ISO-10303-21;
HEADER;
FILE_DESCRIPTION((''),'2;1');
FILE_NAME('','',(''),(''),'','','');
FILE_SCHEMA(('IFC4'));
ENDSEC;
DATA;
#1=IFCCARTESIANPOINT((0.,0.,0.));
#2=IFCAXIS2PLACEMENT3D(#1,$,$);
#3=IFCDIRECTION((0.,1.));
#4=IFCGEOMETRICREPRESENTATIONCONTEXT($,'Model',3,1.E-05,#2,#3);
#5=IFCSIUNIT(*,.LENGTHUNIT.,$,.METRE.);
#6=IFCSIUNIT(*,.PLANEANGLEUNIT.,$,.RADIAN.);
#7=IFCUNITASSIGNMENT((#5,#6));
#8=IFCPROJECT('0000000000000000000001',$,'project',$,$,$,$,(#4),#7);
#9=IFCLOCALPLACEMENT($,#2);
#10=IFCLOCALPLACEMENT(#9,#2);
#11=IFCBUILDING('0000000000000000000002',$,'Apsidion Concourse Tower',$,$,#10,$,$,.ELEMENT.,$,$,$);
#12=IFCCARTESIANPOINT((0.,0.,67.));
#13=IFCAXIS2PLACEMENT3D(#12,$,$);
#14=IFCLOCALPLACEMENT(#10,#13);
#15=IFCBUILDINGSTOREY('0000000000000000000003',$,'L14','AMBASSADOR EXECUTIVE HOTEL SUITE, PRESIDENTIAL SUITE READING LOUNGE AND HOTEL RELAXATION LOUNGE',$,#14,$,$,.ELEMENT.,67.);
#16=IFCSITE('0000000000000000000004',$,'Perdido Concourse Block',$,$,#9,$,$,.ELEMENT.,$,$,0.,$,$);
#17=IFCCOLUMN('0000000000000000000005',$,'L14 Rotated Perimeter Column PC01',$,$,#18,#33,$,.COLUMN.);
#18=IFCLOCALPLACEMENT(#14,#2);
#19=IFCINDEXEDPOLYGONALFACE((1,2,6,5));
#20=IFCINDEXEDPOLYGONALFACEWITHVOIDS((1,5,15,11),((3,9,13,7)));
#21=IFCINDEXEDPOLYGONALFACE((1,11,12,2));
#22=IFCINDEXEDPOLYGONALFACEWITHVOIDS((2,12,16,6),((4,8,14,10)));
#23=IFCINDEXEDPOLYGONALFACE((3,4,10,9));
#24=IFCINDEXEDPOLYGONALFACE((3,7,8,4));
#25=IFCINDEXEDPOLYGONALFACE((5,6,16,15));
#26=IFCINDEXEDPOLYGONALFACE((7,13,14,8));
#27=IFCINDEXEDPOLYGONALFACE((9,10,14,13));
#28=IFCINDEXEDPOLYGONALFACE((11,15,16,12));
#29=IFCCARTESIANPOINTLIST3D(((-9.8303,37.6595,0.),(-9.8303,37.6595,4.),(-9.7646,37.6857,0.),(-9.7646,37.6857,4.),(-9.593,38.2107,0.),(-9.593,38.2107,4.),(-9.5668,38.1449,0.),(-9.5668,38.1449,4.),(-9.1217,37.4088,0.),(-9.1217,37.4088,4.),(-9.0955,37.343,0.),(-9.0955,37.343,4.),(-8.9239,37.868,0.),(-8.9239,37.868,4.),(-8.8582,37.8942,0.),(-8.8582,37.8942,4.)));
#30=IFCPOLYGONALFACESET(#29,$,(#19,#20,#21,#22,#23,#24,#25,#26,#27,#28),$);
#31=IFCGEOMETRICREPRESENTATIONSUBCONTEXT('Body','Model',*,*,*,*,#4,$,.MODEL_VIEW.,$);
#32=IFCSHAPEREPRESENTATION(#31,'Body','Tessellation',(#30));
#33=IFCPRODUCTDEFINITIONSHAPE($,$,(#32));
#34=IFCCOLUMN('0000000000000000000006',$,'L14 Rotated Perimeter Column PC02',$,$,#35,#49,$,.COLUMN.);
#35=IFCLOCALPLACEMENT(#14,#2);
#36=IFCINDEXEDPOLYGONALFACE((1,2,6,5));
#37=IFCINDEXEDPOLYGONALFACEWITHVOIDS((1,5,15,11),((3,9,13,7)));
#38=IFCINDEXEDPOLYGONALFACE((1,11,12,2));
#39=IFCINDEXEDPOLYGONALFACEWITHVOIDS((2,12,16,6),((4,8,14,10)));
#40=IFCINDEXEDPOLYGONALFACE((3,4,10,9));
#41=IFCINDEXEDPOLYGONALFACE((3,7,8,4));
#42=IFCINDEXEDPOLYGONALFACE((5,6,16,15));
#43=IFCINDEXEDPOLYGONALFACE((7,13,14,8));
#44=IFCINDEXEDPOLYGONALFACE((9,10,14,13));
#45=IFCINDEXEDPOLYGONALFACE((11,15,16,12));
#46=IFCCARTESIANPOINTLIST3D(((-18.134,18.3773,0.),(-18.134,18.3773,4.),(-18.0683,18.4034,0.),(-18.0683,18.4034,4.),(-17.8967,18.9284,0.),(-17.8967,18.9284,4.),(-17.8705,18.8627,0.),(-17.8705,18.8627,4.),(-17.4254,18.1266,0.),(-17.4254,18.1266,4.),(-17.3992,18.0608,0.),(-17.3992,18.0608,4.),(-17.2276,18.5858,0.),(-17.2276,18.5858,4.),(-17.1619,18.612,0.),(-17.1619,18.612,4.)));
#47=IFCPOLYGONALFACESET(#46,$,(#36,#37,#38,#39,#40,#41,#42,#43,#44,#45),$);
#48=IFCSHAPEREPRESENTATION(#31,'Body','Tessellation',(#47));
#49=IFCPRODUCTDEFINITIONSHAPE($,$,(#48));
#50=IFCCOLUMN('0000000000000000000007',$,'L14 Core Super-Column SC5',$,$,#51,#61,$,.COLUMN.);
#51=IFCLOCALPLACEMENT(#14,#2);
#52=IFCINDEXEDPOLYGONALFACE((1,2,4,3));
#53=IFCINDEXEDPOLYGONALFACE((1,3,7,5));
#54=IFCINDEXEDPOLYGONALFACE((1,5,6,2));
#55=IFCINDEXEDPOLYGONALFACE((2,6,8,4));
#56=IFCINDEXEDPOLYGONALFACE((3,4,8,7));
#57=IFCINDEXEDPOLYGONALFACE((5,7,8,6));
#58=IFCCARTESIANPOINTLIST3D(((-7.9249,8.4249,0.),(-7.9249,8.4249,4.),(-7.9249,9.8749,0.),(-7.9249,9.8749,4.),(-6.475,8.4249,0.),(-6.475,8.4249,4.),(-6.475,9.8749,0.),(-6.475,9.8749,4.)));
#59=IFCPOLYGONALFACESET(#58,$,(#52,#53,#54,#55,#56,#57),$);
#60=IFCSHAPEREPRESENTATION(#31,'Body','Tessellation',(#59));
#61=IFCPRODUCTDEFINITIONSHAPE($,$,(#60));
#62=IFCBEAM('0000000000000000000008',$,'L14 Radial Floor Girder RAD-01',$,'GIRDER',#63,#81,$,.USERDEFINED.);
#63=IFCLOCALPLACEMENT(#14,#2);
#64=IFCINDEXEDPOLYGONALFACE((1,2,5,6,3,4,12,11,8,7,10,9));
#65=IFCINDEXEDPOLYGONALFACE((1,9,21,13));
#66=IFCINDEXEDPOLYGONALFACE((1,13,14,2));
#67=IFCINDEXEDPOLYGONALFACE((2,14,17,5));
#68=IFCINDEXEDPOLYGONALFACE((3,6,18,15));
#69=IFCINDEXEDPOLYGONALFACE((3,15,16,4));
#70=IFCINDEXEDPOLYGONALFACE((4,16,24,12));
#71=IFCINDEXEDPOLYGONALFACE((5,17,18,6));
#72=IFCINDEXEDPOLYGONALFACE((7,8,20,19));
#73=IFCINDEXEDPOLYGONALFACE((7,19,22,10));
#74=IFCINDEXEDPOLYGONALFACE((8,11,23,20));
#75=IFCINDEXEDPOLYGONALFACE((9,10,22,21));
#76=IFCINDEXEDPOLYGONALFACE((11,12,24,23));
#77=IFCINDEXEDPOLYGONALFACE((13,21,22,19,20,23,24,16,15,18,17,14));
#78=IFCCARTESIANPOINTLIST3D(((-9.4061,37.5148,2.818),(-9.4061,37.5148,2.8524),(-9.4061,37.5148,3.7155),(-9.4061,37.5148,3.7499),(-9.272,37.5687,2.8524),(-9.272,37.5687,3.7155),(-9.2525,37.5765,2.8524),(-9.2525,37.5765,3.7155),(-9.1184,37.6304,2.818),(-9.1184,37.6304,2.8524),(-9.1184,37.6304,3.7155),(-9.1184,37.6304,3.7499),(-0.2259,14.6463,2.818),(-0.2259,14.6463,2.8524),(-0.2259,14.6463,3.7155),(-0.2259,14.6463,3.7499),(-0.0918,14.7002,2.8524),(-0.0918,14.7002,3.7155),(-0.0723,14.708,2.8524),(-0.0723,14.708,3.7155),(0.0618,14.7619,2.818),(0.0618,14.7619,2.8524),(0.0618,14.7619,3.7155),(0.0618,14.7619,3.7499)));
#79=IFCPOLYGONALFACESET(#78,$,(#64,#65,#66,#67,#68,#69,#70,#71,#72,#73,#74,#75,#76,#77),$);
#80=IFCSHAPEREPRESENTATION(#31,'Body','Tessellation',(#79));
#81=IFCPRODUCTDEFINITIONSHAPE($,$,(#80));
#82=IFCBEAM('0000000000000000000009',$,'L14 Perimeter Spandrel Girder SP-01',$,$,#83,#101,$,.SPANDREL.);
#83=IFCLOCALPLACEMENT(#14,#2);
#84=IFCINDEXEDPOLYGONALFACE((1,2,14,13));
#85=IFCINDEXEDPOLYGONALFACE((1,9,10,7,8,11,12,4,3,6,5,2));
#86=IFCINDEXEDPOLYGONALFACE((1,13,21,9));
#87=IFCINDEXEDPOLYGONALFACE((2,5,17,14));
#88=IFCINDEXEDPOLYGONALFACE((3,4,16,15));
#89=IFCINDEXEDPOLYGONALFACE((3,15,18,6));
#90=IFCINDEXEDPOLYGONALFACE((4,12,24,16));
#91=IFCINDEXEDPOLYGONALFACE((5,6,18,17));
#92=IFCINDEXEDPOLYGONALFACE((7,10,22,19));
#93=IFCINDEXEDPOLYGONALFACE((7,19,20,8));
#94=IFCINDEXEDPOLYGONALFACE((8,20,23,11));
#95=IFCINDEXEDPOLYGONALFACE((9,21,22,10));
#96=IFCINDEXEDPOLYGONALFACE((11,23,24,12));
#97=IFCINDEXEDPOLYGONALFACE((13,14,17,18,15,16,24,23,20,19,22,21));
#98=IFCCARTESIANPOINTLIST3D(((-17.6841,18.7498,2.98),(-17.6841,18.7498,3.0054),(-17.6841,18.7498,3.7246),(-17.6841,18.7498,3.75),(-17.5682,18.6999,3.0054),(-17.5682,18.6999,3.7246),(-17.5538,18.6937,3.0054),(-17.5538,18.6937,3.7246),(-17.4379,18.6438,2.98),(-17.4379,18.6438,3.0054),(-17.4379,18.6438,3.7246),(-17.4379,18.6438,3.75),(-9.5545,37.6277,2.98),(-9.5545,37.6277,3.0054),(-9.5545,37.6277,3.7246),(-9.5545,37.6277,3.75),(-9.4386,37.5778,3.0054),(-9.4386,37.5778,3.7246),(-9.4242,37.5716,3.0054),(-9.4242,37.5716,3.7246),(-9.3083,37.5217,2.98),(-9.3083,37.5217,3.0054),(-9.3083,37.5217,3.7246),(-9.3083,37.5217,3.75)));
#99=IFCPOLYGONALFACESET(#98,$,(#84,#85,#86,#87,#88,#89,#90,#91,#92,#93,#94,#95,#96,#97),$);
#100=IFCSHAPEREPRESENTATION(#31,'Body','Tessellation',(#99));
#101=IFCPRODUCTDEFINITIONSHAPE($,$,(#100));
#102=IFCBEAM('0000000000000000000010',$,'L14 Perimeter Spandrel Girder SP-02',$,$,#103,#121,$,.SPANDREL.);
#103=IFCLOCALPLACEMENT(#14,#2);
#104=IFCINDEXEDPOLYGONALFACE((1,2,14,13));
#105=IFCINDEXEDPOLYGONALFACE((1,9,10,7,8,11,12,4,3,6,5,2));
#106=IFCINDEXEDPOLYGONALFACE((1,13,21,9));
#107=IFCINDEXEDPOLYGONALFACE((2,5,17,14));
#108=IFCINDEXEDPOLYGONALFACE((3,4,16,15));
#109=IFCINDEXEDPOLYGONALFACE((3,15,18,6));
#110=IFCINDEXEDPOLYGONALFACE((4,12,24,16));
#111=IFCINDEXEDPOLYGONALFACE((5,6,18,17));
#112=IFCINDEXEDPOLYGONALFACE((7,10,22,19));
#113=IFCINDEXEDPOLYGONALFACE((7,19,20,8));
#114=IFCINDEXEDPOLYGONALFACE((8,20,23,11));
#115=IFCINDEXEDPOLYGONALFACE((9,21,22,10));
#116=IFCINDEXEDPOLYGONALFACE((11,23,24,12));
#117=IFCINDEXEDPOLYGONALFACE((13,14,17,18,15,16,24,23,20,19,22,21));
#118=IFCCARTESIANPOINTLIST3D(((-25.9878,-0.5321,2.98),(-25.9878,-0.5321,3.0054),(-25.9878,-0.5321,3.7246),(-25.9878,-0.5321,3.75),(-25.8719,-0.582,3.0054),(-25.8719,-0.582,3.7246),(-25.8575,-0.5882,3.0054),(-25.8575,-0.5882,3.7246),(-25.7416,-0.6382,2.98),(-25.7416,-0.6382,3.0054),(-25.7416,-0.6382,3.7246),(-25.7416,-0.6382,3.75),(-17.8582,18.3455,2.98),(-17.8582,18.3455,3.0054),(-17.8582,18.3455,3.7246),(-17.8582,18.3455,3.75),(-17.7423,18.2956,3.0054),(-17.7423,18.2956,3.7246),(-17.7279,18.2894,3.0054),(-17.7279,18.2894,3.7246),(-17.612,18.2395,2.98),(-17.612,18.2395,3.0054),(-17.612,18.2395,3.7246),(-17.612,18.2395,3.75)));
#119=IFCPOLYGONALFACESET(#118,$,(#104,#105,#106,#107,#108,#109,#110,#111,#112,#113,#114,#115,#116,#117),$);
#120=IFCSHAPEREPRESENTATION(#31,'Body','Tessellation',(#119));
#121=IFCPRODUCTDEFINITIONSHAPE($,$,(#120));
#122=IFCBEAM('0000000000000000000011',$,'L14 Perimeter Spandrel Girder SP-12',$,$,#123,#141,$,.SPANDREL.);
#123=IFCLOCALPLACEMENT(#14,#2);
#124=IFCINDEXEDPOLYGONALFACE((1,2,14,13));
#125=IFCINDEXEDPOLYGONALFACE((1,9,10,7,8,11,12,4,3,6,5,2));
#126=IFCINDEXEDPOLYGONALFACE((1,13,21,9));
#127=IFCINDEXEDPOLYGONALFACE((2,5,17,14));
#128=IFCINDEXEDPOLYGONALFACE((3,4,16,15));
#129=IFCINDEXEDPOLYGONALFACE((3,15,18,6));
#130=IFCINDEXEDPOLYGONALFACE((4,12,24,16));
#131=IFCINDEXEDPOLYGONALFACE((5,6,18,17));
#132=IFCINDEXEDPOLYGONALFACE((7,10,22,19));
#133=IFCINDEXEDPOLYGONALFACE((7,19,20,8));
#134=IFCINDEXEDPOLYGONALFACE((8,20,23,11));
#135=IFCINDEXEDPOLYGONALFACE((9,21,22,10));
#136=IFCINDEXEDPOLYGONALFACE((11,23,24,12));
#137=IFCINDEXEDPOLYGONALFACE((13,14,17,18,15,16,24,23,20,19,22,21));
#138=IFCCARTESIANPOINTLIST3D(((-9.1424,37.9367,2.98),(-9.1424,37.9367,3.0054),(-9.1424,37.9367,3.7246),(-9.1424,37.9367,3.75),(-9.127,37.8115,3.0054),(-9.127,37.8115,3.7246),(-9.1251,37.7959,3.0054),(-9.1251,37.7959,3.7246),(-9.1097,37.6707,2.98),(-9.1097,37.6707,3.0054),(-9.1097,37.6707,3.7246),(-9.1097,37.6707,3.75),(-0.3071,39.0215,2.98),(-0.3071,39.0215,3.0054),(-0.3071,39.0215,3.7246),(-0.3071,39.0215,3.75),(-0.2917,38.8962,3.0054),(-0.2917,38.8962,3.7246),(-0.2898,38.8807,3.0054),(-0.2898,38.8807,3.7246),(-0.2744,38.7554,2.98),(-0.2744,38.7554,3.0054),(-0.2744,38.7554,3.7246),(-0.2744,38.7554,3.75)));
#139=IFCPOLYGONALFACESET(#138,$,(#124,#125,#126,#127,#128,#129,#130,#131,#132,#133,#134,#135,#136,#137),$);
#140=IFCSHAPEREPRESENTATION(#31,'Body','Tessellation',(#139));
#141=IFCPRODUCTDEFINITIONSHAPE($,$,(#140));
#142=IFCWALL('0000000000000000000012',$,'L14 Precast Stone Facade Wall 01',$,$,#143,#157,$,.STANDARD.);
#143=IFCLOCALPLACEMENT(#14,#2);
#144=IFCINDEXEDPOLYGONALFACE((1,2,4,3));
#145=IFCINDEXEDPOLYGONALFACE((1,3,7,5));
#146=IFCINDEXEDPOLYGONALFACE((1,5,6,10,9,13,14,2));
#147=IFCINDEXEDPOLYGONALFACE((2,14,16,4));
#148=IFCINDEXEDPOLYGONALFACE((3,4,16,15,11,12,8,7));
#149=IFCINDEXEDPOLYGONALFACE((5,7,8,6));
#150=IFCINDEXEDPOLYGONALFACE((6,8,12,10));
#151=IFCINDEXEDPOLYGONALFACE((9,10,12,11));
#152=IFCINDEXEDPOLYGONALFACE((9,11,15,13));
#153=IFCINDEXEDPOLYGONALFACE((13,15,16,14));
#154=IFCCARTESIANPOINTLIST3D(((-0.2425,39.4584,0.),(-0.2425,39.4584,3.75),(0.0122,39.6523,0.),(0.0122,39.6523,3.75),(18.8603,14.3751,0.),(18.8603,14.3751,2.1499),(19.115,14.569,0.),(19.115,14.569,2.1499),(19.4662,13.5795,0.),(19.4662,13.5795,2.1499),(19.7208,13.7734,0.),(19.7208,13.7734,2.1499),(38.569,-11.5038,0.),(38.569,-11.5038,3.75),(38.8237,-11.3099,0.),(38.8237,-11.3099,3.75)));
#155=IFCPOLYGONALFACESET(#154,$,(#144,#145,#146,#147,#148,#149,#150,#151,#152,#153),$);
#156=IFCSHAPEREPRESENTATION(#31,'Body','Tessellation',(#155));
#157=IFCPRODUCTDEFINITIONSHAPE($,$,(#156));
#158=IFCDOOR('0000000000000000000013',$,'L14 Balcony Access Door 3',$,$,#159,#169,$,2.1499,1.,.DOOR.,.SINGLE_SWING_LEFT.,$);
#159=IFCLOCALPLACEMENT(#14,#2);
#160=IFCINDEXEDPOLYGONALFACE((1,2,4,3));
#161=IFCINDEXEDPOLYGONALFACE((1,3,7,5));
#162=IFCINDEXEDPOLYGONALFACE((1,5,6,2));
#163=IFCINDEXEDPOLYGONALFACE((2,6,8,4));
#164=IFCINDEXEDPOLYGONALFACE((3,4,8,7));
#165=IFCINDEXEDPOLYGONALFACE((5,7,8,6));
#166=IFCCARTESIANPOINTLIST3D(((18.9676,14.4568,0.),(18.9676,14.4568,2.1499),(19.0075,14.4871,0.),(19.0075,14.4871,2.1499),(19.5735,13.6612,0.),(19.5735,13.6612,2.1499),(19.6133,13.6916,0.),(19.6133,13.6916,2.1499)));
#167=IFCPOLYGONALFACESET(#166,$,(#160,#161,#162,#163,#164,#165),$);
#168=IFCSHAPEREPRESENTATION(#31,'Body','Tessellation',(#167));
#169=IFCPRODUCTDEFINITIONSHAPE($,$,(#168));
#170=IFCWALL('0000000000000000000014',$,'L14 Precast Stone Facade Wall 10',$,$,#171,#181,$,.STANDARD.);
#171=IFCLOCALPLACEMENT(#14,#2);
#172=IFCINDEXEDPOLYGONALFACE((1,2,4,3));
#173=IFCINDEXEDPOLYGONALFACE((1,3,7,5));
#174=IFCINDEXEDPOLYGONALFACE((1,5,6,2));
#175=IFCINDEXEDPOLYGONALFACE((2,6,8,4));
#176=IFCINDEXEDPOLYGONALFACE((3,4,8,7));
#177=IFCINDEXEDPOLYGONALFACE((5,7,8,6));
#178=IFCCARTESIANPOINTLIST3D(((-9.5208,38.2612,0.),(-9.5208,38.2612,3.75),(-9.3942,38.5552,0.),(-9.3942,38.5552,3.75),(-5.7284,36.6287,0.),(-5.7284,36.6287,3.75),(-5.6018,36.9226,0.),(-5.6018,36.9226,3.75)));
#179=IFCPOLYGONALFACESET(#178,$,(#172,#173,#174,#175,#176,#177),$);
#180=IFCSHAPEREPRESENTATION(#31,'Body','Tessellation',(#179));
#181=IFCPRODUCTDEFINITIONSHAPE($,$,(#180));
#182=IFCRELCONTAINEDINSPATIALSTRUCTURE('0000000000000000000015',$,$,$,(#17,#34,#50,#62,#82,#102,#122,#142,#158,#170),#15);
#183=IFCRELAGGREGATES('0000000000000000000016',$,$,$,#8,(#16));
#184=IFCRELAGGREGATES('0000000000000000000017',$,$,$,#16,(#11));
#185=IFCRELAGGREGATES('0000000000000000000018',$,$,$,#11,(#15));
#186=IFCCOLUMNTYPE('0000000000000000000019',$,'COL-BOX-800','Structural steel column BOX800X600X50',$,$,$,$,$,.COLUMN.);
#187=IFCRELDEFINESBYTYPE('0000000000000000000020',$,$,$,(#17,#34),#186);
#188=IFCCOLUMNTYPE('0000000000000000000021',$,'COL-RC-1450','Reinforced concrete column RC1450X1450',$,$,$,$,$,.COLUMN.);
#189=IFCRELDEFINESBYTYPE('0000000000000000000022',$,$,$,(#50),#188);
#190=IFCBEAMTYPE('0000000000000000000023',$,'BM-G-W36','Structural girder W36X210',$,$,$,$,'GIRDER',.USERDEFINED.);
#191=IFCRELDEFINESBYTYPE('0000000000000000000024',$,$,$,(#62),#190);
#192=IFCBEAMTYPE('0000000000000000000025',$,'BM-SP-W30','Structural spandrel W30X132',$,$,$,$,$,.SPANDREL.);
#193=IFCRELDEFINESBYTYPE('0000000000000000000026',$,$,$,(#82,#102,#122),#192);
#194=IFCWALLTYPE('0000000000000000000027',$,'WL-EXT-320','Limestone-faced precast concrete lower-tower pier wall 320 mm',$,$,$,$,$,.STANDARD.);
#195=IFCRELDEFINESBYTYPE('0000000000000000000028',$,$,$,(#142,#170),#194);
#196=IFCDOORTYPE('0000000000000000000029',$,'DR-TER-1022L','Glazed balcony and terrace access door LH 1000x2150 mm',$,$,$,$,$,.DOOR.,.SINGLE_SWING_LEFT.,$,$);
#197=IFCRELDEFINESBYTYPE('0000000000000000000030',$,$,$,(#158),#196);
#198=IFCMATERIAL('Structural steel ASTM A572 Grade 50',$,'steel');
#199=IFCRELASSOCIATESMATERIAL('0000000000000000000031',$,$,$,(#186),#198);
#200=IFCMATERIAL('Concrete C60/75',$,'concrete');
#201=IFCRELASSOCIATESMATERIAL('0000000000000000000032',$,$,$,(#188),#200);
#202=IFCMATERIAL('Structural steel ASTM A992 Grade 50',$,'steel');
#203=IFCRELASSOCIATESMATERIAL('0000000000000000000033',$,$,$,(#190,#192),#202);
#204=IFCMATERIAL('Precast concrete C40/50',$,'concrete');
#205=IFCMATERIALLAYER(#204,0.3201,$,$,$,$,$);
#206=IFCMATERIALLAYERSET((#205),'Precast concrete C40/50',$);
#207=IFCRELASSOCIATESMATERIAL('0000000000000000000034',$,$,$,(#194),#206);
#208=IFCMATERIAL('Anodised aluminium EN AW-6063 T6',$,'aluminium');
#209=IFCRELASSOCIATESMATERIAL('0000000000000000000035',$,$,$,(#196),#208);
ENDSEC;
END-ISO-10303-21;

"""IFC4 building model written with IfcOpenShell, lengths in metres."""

from ifc_helpers import new_model, si_unit, direction, frame, frame_2d, origin, origin_2d, place, context, subcontext, project, spatial, rectangle, hollow_rectangle, i_section, extrude, material, layer, layer_set, material_profile, profile_set, type_object, element, fill, save


model = new_model("IFC4")

# Units and contexts
model_context = context("Model", 3, precision=1e-05, world=origin(), true_north=direction((0.0, 1.0)))
body_context = subcontext(model_context, "Body", "Model", "MODEL_VIEW")
ifc_project = project(units=[si_unit("LENGTHUNIT", "METRE"), si_unit("PLANEANGLEUNIT", "RADIAN")], contexts=[model_context])

# Site, building, storey
site_placement = place(None, origin())
site = spatial("IfcSite", under=ifc_project, at=site_placement, Name="Perdido Concourse Block", CompositionType="ELEMENT", RefElevation=0.0)
building_placement = place(site_placement, origin())
building = spatial("IfcBuilding", under=site, at=building_placement, Name="Apsidion Concourse Tower", CompositionType="ELEMENT")
storey_placement = place(building_placement, frame((0.0, 0.0, 67.0)))
storey = spatial("IfcBuildingStorey", under=building, at=storey_placement, Name="L14", Description="AMBASSADOR EXECUTIVE HOTEL SUITE, PRESIDENTIAL SUITE READING LOUNGE AND HOTEL RELAXATION LOUNGE", CompositionType="ELEMENT", Elevation=67.0)

# Columns
ifc_material_1 = material(Name="Structural steel ASTM A572 Grade 50", Category="steel")
ifc_material_profile_1 = material_profile(ifc_material_1, hollow_rectangle(XDim=0.6001, YDim=0.8, WallThickness=0.05, at=origin_2d()), Name="BOX800X600X50")
ifc_profile_set_1 = profile_set([ifc_material_profile_1], Name="Structural steel ASTM A572 Grade 50")
column_type_1 = type_object("IfcColumnType", Name="COL-BOX-800", Description="Structural steel column BOX800X600X50", PredefinedType="COLUMN", material=ifc_profile_set_1)
for number, where, z_axis, x_axis, name in (
    (1, (-9.3442, 37.7769, 0.0), (0.0, 0.0, 1.0), (0.395546, 0.918446, 0.0), "L14 Rotated Perimeter Column PC01"),
    (2, (-17.6479, 18.4946, 0.0), (0.0, 0.0, 1.0), (0.395546, 0.918446, 0.0), "L14 Rotated Perimeter Column PC02"),
):
    element("IfcColumn", number, at=place(storey_placement, frame(where, z_axis=z_axis, x_axis=x_axis)), inside=storey, type_object=column_type_1, Name=name, PredefinedType="COLUMN", context=body_context, shape_type="SweptSolid", body=[
        extrude(hollow_rectangle(XDim=0.6001, YDim=0.8, WallThickness=0.05, at=origin_2d()), origin(), (0.0, 0.0, 1.0), 4.0),
    ])
ifc_material_2 = material(Name="Concrete C60/75", Category="concrete")
ifc_material_profile_2 = material_profile(ifc_material_2, rectangle(XDim=1.45, YDim=1.45, at=origin_2d()), Name="RC 1450x1450")
ifc_profile_set_2 = profile_set([ifc_material_profile_2], Name="Concrete C60/75")
column_type_2 = type_object("IfcColumnType", Name="COL-RC-1450", Description="Reinforced concrete column RC1450X1450", PredefinedType="COLUMN", material=ifc_profile_set_2)
column_placement = place(storey_placement, frame((-7.2, 9.1499, 0.0), z_axis=(0.0, 0.0, 1.0), x_axis=(1.0, 0.0, 0.0)))
element("IfcColumn", 3, at=column_placement, inside=storey, type_object=column_type_2, Name="L14 Core Super-Column SC5", PredefinedType="COLUMN", context=body_context, shape_type="SweptSolid", body=[
    extrude(rectangle(XDim=1.45, YDim=1.45, at=origin_2d()), origin(), (0.0, 0.0, 1.0), 4.0),
])

# Beams
ifc_material_3 = material(Name="Structural steel ASTM A992 Grade 50", Category="steel")
ifc_material_profile_3 = material_profile(ifc_material_3, i_section(OverallWidth=0.3101, OverallDepth=0.9319, WebThickness=0.021, FlangeThickness=0.0344, at=origin_2d()), Name="W36X210")
ifc_profile_set_3 = profile_set([ifc_material_profile_3], Name="Structural steel ASTM A992 Grade 50")
beam_type_1 = type_object("IfcBeamType", Name="BM-G-W36", Description="Structural girder W36X210", ElementType="GIRDER", PredefinedType="USERDEFINED", material=ifc_profile_set_3)
beam_1_placement = place(storey_placement, frame((-0.082, 14.7041, 3.2839), z_axis=(-0.372538, 0.928017, 0.0), x_axis=(-0.928017, -0.372538, 0.0)))
element("IfcBeam", 4, at=beam_1_placement, inside=storey, type_object=beam_type_1, Name="L14 Radial Floor Girder RAD-01", ObjectType="GIRDER", PredefinedType="USERDEFINED", context=body_context, shape_type="SweptSolid", body=[
    extrude(i_section(OverallWidth=0.3101, OverallDepth=0.9319, WebThickness=0.021, FlangeThickness=0.0344, at=origin_2d()), origin(), (0.0, 0.0, 1.0), 24.6423),
])
ifc_material_profile_4 = material_profile(ifc_material_3, i_section(OverallWidth=0.2681, OverallDepth=0.77, WebThickness=0.0156, FlangeThickness=0.0254, at=origin_2d()), Name="W30X132")
ifc_profile_set_4 = profile_set([ifc_material_profile_4], Name="Structural steel ASTM A992 Grade 50")
beam_type_2 = type_object("IfcBeamType", Name="BM-SP-W30", Description="Structural spandrel W30X132", PredefinedType="SPANDREL", material=ifc_profile_set_4)
beam_2_placement = place(storey_placement, frame((-9.4314, 37.5747, 3.365), z_axis=(-0.395526, -0.918455, 0.0), x_axis=(0.918455, -0.395526, 0.0)))
element("IfcBeam", 5, at=beam_2_placement, inside=storey, type_object=beam_type_2, Name="L14 Perimeter Spandrel Girder SP-01", PredefinedType="SPANDREL", context=body_context, shape_type="SweptSolid", body=[
    extrude(i_section(OverallWidth=0.2681, OverallDepth=0.77, WebThickness=0.0156, FlangeThickness=0.0254, at=origin_2d()), origin(), (0.0, 0.0, 1.0), 20.554),
])
beam_3_placement = place(storey_placement, frame((-17.7351, 18.2925, 3.365), z_axis=(-0.39553, -0.918453, 0.0), x_axis=(0.918453, -0.39553, 0.0)))
element("IfcBeam", 6, at=beam_3_placement, inside=storey, type_object=beam_type_2, Name="L14 Perimeter Spandrel Girder SP-02", PredefinedType="SPANDREL", context=body_context, shape_type="SweptSolid", body=[
    extrude(i_section(OverallWidth=0.2681, OverallDepth=0.77, WebThickness=0.0156, FlangeThickness=0.0254, at=origin_2d()), origin(), (0.0, 0.0, 1.0), 20.5537),
])
beam_4_placement = place(storey_placement, frame((-0.2908, 38.8884, 3.365), z_axis=(-0.992548, -0.121857, 0.0), x_axis=(0.121857, -0.992548, 0.0)))
element("IfcBeam", 7, at=beam_4_placement, inside=storey, type_object=beam_type_2, Name="L14 Perimeter Spandrel Girder SP-12", PredefinedType="SPANDREL", context=body_context, shape_type="SweptSolid", body=[
    extrude(i_section(OverallWidth=0.2681, OverallDepth=0.77, WebThickness=0.0156, FlangeThickness=0.0254, at=origin_2d()), origin(), (0.0, 0.0, 1.0), 8.9016),
])

# Wall, opening, door
ifc_material_4 = material(Name="Precast concrete C40/50", Category="concrete")
ifc_layer_1 = layer(ifc_material_4, 0.3201)
ifc_layer_set_1 = layer_set([ifc_layer_1], Name="Precast concrete C40/50")
wall_type_1 = type_object("IfcWallType", Name="WL-EXT-320", Description="Limestone-faced precast concrete lower-tower pier wall 320 mm", PredefinedType="STANDARD", material=ifc_layer_set_1)
wall_1_placement = place(storey_placement, frame((-0.1152, 39.5554, 0.0), z_axis=(0.0, 0.0, 1.0), x_axis=(0.605877, -0.795558, 0.0)))
wall_1 = element("IfcWall", 8, at=wall_1_placement, inside=storey, type_object=wall_type_1, Name="L14 Precast Stone Facade Wall 01", PredefinedType="STANDARD", context=body_context, shape_type="SweptSolid", body=[
    extrude(rectangle(XDim=64.0583, YDim=0.3201, at=frame_2d((32.0293, 0.0))), origin(), (0.0, 0.0, 1.0), 3.75),
])
opening_1_placement = place(wall_1_placement, frame((31.5293, 0.0, 0.0)))
opening_1 = element("IfcOpeningElement", 9, at=opening_1_placement, cuts=wall_1, PredefinedType="OPENING", context=body_context, shape_type="SweptSolid", body=[
    extrude(rectangle(XDim=1.0, YDim=2.1499, at=frame_2d((0.5, 1.075))), frame((0.0, 0.1699, 0.0), z_axis=(0.0, -1.0, 0.0), x_axis=(1.0, 0.0, 0.0)), (0.0, 0.0, 1.0), 0.3401),
])
ifc_material_5 = material(Name="Anodised aluminium EN AW-6063 T6", Category="aluminium")
door_type_1 = type_object("IfcDoorType", Name="DR-TER-1022L", Description="Glazed balcony and terrace access door LH 1000x2150 mm", OperationType="SINGLE_SWING_LEFT", PredefinedType="DOOR", material=ifc_material_5)
door_1_placement = place(opening_1_placement, origin())
door_1 = element("IfcDoor", 10, at=door_1_placement, inside=storey, type_object=door_type_1, Name="L14 Balcony Access Door 3", OperationType="SINGLE_SWING_LEFT", OverallHeight=2.1499, OverallWidth=1.0, PredefinedType="DOOR", context=body_context, shape_type="SweptSolid", body=[
    extrude(rectangle(XDim=1.0, YDim=2.1499, at=frame_2d((0.5, 1.075))), frame((0.0, 0.0249, 0.0), z_axis=(0.0, -1.0, 0.0), x_axis=(1.0, 0.0, 0.0)), (0.0, 0.0, 1.0), 0.05),
])
fill(opening_1, door_1)

# Wall
wall_2_placement = place(storey_placement, frame((-9.4575, 38.4082, 0.0), z_axis=(0.0, 0.0, 1.0), x_axis=(0.918511, -0.395396, 0.0)))
element("IfcWall", 11, at=wall_2_placement, inside=storey, type_object=wall_type_1, Name="L14 Precast Stone Facade Wall 10", PredefinedType="STANDARD", context=body_context, shape_type="SweptSolid", body=[
    extrude(rectangle(XDim=4.1289, YDim=0.3201, at=frame_2d((2.0645, 0.0))), origin(), (0.0, 0.0, 1.0), 3.75),
])

save(model, "model.ifc")
